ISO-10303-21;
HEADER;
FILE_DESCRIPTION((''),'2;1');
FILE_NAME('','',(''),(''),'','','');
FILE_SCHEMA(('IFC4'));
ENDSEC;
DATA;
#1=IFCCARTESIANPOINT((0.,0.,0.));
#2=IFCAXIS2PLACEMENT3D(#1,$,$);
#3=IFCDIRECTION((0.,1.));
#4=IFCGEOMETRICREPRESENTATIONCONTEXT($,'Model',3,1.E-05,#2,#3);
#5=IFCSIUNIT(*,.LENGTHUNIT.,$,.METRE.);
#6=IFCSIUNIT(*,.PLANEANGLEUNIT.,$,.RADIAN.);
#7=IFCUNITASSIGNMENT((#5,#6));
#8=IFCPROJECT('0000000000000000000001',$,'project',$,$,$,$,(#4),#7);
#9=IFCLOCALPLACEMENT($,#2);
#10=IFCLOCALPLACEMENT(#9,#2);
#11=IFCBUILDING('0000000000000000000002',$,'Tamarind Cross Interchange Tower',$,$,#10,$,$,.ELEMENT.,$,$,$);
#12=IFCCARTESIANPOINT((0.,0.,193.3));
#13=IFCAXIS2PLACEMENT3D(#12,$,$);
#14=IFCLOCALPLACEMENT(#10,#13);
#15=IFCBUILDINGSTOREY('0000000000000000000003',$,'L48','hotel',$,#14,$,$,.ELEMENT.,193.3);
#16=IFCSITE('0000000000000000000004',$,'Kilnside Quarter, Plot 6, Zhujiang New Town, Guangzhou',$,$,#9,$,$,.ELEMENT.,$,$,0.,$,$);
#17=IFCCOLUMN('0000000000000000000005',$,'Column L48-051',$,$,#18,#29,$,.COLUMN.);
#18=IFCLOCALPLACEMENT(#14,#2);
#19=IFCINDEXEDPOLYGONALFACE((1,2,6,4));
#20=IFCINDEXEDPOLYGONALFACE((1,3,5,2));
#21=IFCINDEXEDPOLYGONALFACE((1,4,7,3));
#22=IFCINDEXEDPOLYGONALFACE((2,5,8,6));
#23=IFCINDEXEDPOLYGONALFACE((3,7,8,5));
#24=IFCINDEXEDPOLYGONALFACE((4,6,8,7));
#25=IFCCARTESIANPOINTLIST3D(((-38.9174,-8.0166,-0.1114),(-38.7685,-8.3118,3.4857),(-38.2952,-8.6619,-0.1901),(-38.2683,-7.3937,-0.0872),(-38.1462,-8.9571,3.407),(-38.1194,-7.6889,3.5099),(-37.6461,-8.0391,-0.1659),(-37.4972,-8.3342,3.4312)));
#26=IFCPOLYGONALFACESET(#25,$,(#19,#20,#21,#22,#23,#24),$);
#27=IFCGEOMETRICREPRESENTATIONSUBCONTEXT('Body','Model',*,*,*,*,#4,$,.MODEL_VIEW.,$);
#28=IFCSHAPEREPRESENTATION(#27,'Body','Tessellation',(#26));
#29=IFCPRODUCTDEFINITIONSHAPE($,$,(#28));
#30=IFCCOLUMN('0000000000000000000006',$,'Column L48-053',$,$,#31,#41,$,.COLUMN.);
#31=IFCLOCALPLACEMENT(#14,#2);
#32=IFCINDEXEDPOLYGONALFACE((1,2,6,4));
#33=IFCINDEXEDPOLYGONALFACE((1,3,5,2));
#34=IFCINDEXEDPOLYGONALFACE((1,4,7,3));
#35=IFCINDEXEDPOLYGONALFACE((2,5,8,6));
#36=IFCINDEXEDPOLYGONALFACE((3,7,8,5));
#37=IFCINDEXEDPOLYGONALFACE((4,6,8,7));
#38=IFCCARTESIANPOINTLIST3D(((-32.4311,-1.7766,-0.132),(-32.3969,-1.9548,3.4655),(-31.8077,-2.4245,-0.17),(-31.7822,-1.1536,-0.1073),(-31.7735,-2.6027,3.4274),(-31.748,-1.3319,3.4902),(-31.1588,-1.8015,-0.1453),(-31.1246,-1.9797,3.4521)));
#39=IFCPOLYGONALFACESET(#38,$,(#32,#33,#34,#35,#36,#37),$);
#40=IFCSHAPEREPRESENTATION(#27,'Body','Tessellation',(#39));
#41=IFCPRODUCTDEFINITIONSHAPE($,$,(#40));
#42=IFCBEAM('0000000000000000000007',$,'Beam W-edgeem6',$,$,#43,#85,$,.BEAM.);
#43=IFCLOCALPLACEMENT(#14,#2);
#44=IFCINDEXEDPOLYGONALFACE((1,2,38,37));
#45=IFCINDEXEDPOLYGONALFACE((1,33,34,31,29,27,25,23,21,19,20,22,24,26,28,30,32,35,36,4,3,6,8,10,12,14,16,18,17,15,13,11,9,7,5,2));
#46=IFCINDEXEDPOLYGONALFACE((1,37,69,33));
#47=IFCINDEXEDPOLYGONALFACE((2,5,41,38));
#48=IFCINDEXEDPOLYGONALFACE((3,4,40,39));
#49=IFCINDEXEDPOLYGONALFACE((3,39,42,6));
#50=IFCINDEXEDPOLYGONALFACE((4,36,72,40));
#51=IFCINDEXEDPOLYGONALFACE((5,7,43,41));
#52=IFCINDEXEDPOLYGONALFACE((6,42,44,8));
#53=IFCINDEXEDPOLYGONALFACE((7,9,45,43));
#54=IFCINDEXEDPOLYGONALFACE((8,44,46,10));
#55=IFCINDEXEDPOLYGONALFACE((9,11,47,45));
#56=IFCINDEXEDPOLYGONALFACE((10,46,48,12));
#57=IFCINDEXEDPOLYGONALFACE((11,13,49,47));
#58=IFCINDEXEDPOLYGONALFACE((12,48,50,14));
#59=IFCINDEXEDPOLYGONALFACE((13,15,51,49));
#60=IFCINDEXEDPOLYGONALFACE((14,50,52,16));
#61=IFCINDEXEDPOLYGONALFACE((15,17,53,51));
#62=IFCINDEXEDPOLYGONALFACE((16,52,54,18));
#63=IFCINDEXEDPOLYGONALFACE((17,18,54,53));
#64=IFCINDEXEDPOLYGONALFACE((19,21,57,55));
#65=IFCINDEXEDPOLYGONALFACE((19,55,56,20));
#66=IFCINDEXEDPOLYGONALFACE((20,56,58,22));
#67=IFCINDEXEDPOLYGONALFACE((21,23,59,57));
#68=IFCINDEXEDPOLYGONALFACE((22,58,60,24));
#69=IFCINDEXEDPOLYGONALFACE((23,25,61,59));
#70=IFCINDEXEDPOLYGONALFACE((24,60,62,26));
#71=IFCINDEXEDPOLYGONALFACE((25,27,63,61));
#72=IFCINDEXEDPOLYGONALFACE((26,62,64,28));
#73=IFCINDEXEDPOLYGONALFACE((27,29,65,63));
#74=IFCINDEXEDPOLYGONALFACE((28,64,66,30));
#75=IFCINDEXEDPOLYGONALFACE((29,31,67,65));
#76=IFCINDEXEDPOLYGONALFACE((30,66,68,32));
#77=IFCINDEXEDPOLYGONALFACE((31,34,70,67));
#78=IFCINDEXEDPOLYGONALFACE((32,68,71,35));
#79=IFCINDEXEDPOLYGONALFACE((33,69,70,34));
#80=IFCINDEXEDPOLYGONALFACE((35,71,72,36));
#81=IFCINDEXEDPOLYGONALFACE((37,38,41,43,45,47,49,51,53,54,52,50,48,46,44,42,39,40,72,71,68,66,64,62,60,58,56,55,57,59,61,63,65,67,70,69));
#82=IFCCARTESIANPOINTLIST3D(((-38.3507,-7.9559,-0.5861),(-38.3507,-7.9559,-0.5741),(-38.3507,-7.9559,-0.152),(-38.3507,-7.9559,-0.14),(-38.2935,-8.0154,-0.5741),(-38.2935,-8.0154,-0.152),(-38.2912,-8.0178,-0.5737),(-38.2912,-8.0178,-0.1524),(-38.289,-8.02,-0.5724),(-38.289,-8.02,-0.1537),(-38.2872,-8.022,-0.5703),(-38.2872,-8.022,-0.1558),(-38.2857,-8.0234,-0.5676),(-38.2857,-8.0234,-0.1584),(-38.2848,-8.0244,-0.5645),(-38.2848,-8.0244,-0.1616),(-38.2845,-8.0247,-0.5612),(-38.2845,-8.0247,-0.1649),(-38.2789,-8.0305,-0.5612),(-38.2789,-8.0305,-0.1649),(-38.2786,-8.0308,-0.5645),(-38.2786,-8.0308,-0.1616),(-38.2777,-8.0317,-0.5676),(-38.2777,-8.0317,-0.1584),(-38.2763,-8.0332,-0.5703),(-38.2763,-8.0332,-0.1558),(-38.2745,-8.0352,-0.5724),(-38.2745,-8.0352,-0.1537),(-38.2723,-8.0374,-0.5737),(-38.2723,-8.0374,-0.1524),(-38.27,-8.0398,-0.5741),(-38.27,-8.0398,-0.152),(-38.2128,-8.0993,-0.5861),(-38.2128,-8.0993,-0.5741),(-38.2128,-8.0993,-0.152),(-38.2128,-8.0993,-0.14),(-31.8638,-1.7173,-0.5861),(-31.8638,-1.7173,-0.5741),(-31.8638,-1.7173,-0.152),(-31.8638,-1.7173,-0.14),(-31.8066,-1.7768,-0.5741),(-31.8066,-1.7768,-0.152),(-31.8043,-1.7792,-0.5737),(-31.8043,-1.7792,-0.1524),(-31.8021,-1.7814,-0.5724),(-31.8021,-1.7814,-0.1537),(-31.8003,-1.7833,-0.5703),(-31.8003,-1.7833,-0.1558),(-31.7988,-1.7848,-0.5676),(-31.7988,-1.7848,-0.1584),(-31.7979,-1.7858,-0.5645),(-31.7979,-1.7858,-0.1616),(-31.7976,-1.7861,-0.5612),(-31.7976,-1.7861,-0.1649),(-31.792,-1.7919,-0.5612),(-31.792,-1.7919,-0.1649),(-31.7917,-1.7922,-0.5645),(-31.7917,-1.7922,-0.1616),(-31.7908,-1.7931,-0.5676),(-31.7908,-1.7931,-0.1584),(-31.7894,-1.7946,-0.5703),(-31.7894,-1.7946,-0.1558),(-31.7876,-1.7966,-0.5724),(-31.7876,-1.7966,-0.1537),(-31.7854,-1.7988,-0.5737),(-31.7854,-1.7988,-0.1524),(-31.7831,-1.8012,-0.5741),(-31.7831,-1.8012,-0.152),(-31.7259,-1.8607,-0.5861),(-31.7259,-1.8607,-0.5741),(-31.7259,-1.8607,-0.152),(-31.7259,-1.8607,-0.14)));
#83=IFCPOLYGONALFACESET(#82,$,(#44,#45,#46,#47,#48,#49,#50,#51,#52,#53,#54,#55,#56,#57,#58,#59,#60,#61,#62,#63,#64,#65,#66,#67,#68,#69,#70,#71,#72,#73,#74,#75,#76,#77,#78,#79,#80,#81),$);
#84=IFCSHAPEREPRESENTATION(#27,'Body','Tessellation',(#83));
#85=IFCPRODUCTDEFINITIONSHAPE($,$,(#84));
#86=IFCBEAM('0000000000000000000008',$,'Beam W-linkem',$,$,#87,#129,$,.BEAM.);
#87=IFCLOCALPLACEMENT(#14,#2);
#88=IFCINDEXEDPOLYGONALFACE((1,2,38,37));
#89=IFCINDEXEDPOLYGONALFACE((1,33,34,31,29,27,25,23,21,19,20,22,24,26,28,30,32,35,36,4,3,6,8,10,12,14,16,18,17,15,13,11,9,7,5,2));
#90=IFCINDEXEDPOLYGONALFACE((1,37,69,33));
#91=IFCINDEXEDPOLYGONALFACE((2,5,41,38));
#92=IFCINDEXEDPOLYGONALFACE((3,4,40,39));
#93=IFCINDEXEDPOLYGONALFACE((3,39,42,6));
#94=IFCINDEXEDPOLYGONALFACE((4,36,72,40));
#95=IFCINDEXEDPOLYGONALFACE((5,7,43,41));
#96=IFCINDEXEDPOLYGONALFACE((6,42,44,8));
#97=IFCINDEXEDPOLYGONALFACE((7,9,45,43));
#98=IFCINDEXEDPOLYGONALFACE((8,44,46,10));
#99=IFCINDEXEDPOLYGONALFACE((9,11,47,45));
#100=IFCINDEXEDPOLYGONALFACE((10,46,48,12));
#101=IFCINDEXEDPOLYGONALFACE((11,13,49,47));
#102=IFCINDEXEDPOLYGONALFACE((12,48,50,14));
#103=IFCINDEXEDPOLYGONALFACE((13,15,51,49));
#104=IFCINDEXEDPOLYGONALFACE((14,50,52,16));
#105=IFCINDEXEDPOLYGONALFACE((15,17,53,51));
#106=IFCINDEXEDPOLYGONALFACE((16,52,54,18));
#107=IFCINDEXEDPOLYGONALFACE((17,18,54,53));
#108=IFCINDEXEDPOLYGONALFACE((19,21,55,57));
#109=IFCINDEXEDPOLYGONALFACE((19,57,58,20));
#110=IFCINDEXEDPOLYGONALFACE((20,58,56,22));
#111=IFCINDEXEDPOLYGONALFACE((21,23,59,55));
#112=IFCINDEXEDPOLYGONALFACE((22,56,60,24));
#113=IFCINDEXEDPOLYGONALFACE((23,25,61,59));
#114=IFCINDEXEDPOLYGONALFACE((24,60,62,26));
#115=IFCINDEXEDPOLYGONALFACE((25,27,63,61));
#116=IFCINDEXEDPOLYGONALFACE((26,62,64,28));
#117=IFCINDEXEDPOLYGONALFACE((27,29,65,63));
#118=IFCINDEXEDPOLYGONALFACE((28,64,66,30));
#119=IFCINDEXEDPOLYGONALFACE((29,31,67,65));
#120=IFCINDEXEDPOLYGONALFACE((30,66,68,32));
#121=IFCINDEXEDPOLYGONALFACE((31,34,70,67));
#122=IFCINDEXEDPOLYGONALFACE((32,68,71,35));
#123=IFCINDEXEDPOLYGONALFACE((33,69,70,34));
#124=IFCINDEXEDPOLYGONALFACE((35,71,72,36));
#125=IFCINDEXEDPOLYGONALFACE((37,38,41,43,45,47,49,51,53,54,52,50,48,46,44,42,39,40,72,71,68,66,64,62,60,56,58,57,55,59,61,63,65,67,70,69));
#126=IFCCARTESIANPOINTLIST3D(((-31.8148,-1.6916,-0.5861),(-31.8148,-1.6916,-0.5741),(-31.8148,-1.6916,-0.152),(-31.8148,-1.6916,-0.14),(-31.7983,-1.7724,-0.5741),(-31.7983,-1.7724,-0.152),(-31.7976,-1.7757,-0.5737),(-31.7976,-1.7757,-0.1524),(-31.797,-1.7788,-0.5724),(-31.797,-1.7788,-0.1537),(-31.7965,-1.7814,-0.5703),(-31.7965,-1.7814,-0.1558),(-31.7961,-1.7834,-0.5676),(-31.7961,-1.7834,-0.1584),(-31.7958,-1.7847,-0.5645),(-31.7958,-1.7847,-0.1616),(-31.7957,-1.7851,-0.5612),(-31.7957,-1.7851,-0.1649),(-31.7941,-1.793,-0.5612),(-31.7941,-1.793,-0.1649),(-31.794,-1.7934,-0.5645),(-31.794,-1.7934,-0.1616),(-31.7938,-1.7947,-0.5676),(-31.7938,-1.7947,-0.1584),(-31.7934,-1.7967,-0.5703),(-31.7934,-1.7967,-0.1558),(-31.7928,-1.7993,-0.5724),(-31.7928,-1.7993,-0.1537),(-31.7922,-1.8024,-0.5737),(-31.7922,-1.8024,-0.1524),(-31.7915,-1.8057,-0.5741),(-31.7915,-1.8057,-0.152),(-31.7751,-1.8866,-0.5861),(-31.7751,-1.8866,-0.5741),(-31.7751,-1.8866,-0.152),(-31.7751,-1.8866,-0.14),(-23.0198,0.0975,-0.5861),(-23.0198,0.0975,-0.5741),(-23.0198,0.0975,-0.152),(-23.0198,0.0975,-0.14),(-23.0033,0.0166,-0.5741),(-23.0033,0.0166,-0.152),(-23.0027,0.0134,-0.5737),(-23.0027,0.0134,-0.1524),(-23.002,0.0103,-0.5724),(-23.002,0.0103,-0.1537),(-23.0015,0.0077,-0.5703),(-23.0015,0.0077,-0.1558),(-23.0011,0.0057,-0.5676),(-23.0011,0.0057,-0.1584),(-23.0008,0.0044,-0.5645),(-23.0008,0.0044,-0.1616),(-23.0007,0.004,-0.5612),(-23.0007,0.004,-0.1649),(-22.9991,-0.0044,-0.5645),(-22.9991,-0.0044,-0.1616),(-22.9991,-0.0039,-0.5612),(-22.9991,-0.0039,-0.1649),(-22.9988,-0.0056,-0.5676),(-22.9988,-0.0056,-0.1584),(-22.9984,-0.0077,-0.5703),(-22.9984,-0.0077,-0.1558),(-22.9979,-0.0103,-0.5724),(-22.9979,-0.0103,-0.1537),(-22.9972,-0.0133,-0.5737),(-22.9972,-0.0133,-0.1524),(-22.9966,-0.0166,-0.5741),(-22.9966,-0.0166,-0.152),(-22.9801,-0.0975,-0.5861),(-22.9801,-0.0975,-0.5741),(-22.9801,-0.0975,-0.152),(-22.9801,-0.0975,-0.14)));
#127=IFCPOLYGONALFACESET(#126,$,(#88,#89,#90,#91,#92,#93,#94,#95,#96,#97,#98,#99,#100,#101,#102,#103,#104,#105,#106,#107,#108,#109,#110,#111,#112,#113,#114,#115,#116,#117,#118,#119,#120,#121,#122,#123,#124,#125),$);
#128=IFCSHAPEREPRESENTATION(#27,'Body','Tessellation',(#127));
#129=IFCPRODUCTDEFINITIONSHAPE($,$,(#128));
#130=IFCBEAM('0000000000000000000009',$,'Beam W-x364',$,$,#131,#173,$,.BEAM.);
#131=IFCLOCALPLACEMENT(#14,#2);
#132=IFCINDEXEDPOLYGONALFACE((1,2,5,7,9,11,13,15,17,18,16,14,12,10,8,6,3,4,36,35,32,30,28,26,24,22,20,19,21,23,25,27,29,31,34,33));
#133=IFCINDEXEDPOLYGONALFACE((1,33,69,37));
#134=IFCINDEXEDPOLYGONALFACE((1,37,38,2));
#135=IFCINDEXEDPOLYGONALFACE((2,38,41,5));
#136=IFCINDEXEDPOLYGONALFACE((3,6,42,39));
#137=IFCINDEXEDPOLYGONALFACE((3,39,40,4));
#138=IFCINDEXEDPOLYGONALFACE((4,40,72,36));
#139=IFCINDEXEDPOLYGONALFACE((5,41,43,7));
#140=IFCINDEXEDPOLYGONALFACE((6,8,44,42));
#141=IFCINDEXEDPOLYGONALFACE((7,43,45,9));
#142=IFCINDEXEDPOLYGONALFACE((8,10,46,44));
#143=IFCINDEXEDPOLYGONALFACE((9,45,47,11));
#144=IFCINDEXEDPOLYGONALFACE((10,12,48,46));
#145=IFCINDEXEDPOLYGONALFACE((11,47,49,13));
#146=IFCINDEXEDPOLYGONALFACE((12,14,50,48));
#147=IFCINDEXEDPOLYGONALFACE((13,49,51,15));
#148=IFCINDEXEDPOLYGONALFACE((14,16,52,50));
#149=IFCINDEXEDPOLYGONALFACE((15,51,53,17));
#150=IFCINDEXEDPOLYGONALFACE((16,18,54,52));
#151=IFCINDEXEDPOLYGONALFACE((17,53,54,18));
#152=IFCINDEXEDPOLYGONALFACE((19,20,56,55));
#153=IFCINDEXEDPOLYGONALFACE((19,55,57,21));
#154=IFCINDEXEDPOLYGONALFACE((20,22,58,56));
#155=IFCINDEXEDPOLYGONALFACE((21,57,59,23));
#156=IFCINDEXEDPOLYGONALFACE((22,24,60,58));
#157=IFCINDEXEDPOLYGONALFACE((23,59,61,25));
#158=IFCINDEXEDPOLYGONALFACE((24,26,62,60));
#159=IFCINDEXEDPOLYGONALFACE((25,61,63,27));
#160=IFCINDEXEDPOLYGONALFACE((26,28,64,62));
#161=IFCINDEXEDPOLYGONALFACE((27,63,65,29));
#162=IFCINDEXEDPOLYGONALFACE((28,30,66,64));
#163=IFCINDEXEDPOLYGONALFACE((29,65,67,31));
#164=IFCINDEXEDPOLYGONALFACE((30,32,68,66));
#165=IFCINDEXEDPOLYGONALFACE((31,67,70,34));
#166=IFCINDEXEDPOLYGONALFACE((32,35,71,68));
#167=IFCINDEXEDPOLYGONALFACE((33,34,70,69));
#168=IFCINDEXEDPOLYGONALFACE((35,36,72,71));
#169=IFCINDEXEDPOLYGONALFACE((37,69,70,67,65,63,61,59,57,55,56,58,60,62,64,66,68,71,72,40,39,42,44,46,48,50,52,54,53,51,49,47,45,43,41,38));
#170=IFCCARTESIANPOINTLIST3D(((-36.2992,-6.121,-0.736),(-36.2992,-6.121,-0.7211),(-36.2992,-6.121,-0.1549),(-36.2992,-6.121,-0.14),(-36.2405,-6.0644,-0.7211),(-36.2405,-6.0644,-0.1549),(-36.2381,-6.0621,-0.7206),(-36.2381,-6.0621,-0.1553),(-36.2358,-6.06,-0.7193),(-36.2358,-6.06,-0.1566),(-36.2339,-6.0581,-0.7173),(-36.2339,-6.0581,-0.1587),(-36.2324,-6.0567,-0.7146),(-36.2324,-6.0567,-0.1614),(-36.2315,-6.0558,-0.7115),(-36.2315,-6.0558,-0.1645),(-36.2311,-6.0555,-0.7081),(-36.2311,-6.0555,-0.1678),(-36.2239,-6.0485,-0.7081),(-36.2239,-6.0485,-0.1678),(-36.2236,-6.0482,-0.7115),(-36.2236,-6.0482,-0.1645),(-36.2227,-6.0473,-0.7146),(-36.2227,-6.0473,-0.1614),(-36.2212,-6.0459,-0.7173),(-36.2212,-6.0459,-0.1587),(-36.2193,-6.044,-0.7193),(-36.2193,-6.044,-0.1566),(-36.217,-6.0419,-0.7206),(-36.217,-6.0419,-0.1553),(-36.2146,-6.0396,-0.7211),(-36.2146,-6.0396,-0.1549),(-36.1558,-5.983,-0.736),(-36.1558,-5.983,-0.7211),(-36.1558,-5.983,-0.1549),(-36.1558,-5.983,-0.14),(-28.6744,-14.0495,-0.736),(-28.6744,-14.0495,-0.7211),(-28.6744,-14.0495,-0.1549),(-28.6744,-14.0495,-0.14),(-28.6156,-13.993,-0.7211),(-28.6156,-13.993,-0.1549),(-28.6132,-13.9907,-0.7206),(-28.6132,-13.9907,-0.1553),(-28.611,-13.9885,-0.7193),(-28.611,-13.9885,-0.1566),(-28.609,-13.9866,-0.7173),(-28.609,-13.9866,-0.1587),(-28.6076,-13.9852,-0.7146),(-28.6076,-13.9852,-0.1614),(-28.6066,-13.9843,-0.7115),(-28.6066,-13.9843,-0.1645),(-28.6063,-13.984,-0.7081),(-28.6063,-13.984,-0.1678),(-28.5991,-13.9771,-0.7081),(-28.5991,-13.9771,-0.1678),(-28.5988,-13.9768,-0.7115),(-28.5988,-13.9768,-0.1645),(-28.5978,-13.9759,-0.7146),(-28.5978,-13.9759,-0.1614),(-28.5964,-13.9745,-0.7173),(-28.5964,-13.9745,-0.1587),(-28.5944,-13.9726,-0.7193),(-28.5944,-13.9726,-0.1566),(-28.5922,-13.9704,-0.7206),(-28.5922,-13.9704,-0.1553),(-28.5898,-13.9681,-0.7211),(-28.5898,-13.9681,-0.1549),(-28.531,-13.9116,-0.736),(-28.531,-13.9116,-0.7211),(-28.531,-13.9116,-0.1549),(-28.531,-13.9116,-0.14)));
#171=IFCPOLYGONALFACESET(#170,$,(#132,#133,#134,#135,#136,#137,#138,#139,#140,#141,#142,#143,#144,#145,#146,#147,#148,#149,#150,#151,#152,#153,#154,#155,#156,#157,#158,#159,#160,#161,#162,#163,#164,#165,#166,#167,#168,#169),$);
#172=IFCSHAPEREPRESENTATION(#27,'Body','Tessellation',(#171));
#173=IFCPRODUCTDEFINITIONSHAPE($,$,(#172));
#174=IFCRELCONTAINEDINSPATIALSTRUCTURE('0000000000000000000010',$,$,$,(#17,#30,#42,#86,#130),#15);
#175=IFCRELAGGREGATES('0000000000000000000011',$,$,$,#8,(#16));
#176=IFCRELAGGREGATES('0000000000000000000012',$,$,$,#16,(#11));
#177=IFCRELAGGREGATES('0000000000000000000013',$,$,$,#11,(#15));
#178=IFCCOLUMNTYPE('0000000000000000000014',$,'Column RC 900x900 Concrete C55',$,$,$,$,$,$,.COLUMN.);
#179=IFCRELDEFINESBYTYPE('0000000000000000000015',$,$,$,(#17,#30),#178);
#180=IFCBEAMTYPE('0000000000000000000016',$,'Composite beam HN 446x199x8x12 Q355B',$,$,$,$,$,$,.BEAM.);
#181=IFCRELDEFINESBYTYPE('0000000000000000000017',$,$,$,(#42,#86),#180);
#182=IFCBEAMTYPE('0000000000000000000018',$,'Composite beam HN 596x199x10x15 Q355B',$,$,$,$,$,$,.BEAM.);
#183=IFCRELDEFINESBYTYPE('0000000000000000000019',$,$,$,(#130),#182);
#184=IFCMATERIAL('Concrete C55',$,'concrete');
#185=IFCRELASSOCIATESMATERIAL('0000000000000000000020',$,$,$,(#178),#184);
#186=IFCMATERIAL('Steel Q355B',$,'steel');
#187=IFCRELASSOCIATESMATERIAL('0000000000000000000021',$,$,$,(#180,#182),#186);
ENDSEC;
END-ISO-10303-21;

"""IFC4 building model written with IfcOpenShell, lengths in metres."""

from ifc_helpers import new_model, si_unit, direction, frame, origin, origin_2d, place, context, subcontext, project, spatial, rectangle, i_section, extrude, material, material_profile, profile_set, type_object, element, save


model = new_model("IFC4")

# Units and contexts
model_context = context("Model", 3, precision=1e-05, world=origin(), true_north=direction((0.0, 1.0)))
body_context = subcontext(model_context, "Body", "Model", "MODEL_VIEW")
ifc_project = project(units=[si_unit("LENGTHUNIT", "METRE"), si_unit("PLANEANGLEUNIT", "RADIAN")], contexts=[model_context])

# Site, building, storey
site_placement = place(None, origin())
site = spatial("IfcSite", under=ifc_project, at=site_placement, Name="Kilnside Quarter, Plot 6, Zhujiang New Town, Guangzhou", CompositionType="ELEMENT", RefElevation=0.0)
building_placement = place(site_placement, origin())
building = spatial("IfcBuilding", under=site, at=building_placement, Name="Tamarind Cross Interchange Tower", CompositionType="ELEMENT")
storey_placement = place(building_placement, frame((0.0, 0.0, 193.3)))
storey = spatial("IfcBuildingStorey", under=building, at=storey_placement, Name="L48", Description="hotel", CompositionType="ELEMENT", Elevation=193.3)

# Columns
ifc_material_1 = material(Name="Concrete C55", Category="concrete")
ifc_material_profile_1 = material_profile(ifc_material_1, rectangle(XDim=0.8999, YDim=0.8999, at=origin_2d()), Name="RC 900x900")
ifc_profile_set_1 = profile_set([ifc_material_profile_1], Name="Concrete C55")
column_type = type_object("IfcColumnType", Name="Column RC 900x900 Concrete C55", PredefinedType="COLUMN", material=ifc_profile_set_1)
column_1_placement = place(storey_placement, frame((-38.2817, -8.0278, -0.1387), z_axis=(0.041227, -0.081711, 0.995803), x_axis=(0.721262, 0.692139, 0.026933)))
element("IfcColumn", 1, at=column_1_placement, inside=storey, type_object=column_type, Name="Column L48-051", PredefinedType="COLUMN", context=body_context, shape_type="SweptSolid", body=[
    extrude(rectangle(XDim=0.8999, YDim=0.8999, at=origin_2d()), origin(), (0.0, 0.0, 1.0), 3.6123),
])
column_2_placement = place(storey_placement, frame((-31.7949, -1.7891, -0.1387), z_axis=(0.009489, -0.049479, 0.99873), x_axis=(0.721111, 0.692276, 0.027445)))
element("IfcColumn", 2, at=column_2_placement, inside=storey, type_object=column_type, Name="Column L48-053", PredefinedType="COLUMN", context=body_context, shape_type="SweptSolid", body=[
    extrude(rectangle(XDim=0.8999, YDim=0.8999, at=origin_2d()), origin(), (0.0, 0.0, 1.0), 3.6021),
])

# Beams
ifc_material_2 = material(Name="Steel Q355B", Category="steel")
ifc_material_profile_2 = material_profile(ifc_material_2, i_section(OverallWidth=0.199, OverallDepth=0.446, WebThickness=0.0081, FlangeThickness=0.012, FilletRadius=0.0129, at=origin_2d()), Name="HN 446x199x8x12")
ifc_profile_set_2 = profile_set([ifc_material_profile_2], Name="Steel Q355B")
beam_type_1 = type_object("IfcBeamType", Name="Composite beam HN 446x199x8x12 Q355B", PredefinedType="BEAM", material=ifc_profile_set_2)
beam_1_placement = place(storey_placement, frame((-38.2817, -8.0276, -0.363), z_axis=(0.720766, 0.693178, 0.0), x_axis=(-0.693178, 0.720766, 0.0)))
element("IfcBeam", 3, at=beam_1_placement, inside=storey, type_object=beam_type_1, Name="Beam W-edgeem6", PredefinedType="BEAM", context=body_context, shape_type="SweptSolid", body=[
    extrude(i_section(OverallWidth=0.199, OverallDepth=0.446, WebThickness=0.0081, FlangeThickness=0.012, FilletRadius=0.0129, at=origin_2d()), origin(), (0.0, 0.0, 1.0), 9.0),
])
beam_2_placement = place(storey_placement, frame((-31.7949, -1.7891, -0.363), z_axis=(0.979931, 0.199337, 0.0), x_axis=(-0.199337, 0.979931, 0.0)))
element("IfcBeam", 4, at=beam_2_placement, inside=storey, type_object=beam_type_1, Name="Beam W-linkem", PredefinedType="BEAM", context=body_context, shape_type="SweptSolid", body=[
    extrude(i_section(OverallWidth=0.199, OverallDepth=0.446, WebThickness=0.0081, FlangeThickness=0.012, FilletRadius=0.0129, at=origin_2d()), origin(), (0.0, 0.0, 1.0), 8.9751),
])
ifc_material_profile_3 = material_profile(ifc_material_2, i_section(OverallWidth=0.199, OverallDepth=0.5959, WebThickness=0.01, FlangeThickness=0.0149, FilletRadius=0.0129, at=origin_2d()), Name="HN 596x199x10x15")
ifc_profile_set_3 = profile_set([ifc_material_profile_3], Name="Steel Q355B")
beam_type_2 = type_object("IfcBeamType", Name="Composite beam HN 596x199x10x15 Q355B", PredefinedType="BEAM", material=ifc_profile_set_3)
for number, where, z_axis, x_axis, name in (
    (5, (-36.2275, -6.052, -0.438), (0.693167, -0.720777, 0.0), (0.720777, 0.693167, 0.0), "Beam W-x364"),
):
    element("IfcBeam", number, at=place(storey_placement, frame(where, z_axis=z_axis, x_axis=x_axis)), inside=storey, type_object=beam_type_2, Name=name, PredefinedType="BEAM", context=body_context, shape_type="SweptSolid", body=[
        extrude(i_section(OverallWidth=0.199, OverallDepth=0.5959, WebThickness=0.01, FlangeThickness=0.0149, FilletRadius=0.0129, at=origin_2d()), origin(), (0.0, 0.0, 1.0), 11.0),
    ])

save(model, "model.ifc")
